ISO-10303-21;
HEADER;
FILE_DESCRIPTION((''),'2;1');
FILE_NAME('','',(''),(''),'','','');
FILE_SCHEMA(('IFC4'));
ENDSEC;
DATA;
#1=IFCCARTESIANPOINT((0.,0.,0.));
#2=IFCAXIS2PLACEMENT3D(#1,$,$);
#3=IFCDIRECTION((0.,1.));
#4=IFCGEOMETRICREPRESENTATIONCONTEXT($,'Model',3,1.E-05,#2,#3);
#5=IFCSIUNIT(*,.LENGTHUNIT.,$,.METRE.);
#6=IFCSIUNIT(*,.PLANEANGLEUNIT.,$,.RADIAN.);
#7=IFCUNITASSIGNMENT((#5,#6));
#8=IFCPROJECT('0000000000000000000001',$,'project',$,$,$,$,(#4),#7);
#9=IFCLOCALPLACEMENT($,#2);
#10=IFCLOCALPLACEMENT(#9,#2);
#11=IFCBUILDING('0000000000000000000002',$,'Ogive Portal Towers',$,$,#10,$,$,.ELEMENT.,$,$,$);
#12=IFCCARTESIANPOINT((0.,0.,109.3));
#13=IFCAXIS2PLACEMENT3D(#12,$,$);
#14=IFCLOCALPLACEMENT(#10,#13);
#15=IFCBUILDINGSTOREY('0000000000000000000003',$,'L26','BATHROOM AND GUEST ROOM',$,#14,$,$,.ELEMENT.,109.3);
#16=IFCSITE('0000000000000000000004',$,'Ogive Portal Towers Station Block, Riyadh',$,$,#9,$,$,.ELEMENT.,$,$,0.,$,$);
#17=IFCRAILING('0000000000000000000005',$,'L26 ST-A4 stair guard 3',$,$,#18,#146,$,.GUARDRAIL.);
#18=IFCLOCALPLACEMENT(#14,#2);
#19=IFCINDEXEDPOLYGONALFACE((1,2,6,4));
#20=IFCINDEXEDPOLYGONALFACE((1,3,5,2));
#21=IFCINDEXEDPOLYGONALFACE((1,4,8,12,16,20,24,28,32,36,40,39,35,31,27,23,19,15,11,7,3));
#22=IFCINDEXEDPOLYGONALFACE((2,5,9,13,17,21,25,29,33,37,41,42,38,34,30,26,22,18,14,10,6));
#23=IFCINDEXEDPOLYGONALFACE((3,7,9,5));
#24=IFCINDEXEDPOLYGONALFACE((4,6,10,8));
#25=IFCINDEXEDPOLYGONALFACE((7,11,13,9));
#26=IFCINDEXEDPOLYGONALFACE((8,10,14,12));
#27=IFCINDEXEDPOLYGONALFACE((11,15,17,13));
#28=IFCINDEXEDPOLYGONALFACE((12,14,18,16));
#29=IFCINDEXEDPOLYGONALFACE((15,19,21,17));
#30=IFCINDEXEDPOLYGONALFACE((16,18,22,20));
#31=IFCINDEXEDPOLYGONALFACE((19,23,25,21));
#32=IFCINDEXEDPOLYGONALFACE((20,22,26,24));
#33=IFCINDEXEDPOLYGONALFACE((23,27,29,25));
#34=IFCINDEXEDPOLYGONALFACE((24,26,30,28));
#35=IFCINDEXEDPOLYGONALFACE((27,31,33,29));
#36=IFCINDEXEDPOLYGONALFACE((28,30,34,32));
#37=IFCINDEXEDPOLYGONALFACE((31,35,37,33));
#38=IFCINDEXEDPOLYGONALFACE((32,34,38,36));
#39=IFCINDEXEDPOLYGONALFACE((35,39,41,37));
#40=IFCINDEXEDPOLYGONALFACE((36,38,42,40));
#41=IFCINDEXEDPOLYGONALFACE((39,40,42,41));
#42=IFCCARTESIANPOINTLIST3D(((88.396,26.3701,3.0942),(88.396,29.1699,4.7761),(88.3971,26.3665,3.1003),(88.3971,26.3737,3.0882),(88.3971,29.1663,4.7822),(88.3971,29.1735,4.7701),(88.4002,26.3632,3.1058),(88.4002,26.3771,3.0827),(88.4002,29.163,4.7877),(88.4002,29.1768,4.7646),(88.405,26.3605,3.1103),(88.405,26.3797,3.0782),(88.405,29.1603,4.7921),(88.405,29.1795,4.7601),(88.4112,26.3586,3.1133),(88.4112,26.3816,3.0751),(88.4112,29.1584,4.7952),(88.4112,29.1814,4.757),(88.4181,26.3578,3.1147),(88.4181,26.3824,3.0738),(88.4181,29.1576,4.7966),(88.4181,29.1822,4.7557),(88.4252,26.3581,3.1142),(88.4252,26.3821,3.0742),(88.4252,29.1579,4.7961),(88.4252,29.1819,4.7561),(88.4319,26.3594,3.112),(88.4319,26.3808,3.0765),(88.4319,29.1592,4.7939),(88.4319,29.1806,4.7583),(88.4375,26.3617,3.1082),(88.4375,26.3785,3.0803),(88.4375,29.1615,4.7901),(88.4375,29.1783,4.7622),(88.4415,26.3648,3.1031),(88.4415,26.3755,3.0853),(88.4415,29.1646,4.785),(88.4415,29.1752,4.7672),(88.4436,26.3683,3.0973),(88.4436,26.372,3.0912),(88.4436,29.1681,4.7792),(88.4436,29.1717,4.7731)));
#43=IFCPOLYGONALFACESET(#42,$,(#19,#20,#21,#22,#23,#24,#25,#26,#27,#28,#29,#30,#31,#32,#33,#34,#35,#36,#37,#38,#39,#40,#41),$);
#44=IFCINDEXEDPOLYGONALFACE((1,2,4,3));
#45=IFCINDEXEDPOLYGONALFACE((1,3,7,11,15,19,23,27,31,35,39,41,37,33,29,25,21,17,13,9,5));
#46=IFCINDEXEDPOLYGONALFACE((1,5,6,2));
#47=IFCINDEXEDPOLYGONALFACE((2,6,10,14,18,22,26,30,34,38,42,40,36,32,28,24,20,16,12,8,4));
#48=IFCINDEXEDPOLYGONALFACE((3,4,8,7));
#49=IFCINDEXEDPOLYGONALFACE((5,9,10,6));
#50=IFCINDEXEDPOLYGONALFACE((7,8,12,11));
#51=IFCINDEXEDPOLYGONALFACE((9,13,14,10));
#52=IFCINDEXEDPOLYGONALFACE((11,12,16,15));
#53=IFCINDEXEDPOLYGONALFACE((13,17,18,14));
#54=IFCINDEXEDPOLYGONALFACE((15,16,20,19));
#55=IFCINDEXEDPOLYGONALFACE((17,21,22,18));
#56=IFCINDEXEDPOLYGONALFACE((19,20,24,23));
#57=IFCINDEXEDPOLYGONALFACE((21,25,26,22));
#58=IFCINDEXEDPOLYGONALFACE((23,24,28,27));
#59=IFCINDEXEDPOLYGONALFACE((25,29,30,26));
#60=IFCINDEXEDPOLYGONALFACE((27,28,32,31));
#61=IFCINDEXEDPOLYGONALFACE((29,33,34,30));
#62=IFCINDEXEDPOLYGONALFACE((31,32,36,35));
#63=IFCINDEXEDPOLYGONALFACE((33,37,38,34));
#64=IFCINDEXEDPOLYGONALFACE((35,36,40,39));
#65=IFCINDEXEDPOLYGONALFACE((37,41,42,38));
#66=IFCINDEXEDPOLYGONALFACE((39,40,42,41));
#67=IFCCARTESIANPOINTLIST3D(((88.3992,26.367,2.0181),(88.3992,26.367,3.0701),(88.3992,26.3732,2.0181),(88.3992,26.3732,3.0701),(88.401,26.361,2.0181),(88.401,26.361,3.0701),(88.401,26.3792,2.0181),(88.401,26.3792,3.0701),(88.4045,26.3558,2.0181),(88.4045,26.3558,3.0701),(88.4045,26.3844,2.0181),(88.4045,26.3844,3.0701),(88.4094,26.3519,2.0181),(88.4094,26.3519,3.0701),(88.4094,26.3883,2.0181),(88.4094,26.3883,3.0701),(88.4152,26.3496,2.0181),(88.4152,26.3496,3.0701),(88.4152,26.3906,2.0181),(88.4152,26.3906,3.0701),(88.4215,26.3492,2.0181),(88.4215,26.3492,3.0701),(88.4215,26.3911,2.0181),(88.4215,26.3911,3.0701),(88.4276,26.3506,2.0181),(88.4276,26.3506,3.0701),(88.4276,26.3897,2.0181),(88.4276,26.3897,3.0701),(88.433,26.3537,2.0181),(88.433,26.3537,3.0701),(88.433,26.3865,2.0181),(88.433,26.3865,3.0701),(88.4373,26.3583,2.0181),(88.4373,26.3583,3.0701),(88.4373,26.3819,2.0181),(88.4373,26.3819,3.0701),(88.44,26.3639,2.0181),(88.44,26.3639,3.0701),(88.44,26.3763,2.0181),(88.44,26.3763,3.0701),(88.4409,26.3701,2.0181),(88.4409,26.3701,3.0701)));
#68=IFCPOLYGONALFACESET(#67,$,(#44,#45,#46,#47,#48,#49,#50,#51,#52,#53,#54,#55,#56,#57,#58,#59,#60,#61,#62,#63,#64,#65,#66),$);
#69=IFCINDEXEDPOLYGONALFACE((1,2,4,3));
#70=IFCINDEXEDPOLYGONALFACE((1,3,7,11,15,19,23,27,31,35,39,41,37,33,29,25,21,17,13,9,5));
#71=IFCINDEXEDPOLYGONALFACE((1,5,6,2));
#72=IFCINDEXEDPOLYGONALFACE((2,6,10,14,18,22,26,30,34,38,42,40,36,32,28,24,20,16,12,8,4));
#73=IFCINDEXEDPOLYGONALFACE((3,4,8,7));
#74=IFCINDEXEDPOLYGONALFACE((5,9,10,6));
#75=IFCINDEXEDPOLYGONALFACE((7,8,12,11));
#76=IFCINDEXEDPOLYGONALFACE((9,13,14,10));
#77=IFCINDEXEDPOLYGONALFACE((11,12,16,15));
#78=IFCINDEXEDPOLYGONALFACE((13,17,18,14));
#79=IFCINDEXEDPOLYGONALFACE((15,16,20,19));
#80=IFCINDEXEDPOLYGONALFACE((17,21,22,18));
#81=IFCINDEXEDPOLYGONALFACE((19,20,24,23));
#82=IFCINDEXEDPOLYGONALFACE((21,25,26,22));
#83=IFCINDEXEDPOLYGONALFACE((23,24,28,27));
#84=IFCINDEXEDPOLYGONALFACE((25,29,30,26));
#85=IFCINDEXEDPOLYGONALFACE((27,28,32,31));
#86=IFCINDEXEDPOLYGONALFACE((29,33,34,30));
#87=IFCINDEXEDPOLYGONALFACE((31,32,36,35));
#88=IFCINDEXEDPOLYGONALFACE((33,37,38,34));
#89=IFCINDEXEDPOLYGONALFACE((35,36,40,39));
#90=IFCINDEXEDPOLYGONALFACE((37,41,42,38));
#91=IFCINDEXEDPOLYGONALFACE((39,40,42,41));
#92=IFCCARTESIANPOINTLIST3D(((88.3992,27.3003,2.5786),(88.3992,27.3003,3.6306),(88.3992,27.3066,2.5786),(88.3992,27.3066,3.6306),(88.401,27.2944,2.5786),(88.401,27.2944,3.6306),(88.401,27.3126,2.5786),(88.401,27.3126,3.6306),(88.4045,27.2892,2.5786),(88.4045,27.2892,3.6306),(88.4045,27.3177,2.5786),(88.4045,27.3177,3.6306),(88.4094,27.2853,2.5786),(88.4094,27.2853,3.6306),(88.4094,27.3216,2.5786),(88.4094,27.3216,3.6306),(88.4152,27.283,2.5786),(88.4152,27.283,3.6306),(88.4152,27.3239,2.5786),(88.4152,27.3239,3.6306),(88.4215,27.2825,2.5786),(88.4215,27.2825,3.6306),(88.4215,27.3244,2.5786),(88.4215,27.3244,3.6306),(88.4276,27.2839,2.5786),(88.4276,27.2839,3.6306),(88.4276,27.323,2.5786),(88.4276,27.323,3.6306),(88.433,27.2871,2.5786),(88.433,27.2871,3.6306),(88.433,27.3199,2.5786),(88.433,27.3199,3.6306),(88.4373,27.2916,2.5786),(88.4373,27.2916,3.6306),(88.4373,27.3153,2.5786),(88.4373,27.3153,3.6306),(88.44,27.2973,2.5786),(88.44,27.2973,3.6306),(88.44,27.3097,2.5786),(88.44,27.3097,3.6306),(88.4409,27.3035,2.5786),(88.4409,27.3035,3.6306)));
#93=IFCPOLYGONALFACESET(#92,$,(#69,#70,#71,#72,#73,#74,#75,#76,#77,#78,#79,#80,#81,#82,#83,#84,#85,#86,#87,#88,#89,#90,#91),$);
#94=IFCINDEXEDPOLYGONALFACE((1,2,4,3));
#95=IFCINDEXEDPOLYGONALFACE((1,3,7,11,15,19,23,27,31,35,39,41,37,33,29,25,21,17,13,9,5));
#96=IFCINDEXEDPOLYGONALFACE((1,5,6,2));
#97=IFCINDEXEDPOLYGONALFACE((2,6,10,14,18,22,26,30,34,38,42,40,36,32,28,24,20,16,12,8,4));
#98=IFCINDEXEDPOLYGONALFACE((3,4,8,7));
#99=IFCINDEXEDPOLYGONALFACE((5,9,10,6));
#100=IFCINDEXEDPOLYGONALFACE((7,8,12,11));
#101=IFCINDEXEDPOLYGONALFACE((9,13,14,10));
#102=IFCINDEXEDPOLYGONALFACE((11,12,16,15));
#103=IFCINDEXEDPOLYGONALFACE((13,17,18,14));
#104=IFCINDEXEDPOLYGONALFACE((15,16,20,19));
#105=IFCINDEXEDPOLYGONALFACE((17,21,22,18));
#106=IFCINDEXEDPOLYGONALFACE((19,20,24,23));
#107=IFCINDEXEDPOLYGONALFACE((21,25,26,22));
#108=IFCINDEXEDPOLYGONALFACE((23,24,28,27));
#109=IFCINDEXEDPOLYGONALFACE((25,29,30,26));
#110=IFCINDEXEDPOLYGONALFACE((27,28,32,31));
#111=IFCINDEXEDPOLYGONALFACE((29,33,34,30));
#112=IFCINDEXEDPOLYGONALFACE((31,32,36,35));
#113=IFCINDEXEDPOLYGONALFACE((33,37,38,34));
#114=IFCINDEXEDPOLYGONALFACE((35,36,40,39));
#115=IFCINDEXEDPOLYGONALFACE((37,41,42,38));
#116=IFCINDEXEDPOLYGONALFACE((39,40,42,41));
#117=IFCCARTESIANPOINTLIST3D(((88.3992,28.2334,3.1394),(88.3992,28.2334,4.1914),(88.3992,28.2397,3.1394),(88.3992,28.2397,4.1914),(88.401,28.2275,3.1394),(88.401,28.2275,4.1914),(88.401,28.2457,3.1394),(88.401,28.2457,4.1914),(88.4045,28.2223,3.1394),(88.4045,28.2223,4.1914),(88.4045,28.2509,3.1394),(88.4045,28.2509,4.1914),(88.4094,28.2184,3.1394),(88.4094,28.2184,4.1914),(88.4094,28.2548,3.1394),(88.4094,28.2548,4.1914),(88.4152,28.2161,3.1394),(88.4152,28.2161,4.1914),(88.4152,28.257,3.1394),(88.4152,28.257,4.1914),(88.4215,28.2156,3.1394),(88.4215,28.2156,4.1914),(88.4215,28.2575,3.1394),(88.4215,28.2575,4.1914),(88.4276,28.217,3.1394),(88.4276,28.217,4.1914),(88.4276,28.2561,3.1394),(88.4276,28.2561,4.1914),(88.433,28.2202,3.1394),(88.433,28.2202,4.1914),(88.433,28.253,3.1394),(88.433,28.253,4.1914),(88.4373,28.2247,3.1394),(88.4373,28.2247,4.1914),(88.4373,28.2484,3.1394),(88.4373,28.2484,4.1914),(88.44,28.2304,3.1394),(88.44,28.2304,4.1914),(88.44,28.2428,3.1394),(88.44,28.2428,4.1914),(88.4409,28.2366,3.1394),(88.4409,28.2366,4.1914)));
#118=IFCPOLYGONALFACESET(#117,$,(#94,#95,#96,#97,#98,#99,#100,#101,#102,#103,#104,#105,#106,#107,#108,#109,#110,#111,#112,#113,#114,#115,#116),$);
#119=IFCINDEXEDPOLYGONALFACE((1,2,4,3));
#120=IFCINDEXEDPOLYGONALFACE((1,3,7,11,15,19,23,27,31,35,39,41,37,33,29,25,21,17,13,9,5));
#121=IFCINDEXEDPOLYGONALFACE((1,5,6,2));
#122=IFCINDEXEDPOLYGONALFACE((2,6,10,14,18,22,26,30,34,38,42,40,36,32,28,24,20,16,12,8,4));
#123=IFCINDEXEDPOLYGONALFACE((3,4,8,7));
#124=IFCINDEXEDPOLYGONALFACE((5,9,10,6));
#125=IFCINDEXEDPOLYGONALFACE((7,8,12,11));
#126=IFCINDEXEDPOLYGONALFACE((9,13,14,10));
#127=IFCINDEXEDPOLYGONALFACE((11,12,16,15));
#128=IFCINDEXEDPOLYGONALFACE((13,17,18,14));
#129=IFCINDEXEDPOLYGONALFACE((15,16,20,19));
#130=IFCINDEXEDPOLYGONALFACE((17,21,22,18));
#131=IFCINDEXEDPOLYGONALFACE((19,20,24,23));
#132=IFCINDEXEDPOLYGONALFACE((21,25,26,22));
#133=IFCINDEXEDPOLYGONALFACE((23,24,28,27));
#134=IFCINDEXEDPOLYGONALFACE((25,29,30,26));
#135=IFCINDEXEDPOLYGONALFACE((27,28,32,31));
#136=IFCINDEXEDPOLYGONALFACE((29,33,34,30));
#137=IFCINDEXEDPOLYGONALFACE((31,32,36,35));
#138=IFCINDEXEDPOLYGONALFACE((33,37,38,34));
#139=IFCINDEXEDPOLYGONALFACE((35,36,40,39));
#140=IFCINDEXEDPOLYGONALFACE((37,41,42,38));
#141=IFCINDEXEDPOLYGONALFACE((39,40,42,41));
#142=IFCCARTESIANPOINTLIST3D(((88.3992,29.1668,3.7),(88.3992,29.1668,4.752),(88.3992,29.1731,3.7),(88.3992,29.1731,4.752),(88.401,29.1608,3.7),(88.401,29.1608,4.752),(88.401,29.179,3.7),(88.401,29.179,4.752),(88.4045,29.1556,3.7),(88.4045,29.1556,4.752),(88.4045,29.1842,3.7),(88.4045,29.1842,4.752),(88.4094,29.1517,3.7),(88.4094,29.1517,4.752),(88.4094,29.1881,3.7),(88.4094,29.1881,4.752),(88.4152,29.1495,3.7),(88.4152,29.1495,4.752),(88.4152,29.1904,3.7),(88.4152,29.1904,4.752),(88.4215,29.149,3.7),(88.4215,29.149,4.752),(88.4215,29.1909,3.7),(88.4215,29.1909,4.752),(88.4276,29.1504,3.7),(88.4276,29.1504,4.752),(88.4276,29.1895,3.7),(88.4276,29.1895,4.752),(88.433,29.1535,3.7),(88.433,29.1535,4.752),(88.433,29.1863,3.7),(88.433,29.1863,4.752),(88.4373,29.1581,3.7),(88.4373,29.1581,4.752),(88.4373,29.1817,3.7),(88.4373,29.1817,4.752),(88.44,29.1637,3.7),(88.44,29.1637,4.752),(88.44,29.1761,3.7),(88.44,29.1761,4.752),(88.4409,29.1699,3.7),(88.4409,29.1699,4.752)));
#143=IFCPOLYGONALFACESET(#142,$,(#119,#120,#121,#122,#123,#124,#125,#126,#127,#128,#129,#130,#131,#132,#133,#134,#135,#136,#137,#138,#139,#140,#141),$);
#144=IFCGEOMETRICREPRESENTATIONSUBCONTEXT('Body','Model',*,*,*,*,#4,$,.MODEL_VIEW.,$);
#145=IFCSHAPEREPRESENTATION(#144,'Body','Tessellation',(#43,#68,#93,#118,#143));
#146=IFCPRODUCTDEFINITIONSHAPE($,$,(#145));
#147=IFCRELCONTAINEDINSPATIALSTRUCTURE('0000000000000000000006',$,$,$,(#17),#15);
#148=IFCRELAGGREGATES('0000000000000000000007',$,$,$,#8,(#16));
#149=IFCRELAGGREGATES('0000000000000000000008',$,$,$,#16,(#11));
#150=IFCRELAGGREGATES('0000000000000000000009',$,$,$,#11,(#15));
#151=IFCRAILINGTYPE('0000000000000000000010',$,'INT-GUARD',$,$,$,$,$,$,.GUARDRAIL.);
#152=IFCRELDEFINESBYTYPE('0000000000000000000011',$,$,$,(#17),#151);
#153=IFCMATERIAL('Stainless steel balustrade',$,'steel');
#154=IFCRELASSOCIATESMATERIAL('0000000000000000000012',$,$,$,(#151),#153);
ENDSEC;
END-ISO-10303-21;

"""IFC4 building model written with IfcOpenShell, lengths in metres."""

from ifc_helpers import new_model, si_unit, direction, frame, origin, origin_2d, place, context, subcontext, project, spatial, circle, extrude, material, type_object, element, save


model = new_model("IFC4")

# Units and contexts
model_context = context("Model", 3, precision=1e-05, world=origin(), true_north=direction((0.0, 1.0)))
body_context = subcontext(model_context, "Body", "Model", "MODEL_VIEW")
ifc_project = project(units=[si_unit("LENGTHUNIT", "METRE"), si_unit("PLANEANGLEUNIT", "RADIAN")], contexts=[model_context])

# Site, building, storey
site_placement = place(None, origin())
site = spatial("IfcSite", under=ifc_project, at=site_placement, Name="Ogive Portal Towers Station Block, Riyadh", CompositionType="ELEMENT", RefElevation=0.0)
building_placement = place(site_placement, origin())
building = spatial("IfcBuilding", under=site, at=building_placement, Name="Ogive Portal Towers", CompositionType="ELEMENT")
storey_placement = place(building_placement, frame((0.0, 0.0, 109.3)))
storey = spatial("IfcBuildingStorey", under=building, at=storey_placement, Name="L26", Description="BATHROOM AND GUEST ROOM", CompositionType="ELEMENT", Elevation=109.3)

# Railing
ifc_material_1 = material(Name="Stainless steel balustrade", Category="steel")
railing_type_1 = type_object("IfcRailingType", Name="INT-GUARD", PredefinedType="GUARDRAIL", material=ifc_material_1)
railing_1_placement = place(storey_placement, frame((88.4199, 26.3701, 2.0181)))
element("IfcRailing", 1, at=railing_1_placement, inside=storey, type_object=railing_type_1, Name="L26 ST-A4 stair guard 3", PredefinedType="GUARDRAIL", context=body_context, shape_type="SweptSolid", body=[
    extrude(circle(Radius=0.0239, at=origin_2d()), frame((0.0, 0.0, 1.0762), z_axis=(0.0, 0.857222, 0.514946), x_axis=(-1.0, 0.0, 0.0)), (0.0, 0.0, 1.0), 3.2661),
    extrude(circle(Radius=0.021, at=origin_2d()), origin(), (0.0, 0.0, 1.0), 1.052),
    extrude(circle(Radius=0.021, at=origin_2d()), frame((0.0, 0.9333, 0.5605)), (0.0, 0.0, 1.0), 1.052),
    extrude(circle(Radius=0.021, at=origin_2d()), frame((0.0, 1.8665, 1.1213)), (0.0, 0.0, 1.0), 1.052),
    extrude(circle(Radius=0.021, at=origin_2d()), frame((0.0, 2.7998, 1.6819)), (0.0, 0.0, 1.0), 1.052),
])

save(model, "model.ifc")
